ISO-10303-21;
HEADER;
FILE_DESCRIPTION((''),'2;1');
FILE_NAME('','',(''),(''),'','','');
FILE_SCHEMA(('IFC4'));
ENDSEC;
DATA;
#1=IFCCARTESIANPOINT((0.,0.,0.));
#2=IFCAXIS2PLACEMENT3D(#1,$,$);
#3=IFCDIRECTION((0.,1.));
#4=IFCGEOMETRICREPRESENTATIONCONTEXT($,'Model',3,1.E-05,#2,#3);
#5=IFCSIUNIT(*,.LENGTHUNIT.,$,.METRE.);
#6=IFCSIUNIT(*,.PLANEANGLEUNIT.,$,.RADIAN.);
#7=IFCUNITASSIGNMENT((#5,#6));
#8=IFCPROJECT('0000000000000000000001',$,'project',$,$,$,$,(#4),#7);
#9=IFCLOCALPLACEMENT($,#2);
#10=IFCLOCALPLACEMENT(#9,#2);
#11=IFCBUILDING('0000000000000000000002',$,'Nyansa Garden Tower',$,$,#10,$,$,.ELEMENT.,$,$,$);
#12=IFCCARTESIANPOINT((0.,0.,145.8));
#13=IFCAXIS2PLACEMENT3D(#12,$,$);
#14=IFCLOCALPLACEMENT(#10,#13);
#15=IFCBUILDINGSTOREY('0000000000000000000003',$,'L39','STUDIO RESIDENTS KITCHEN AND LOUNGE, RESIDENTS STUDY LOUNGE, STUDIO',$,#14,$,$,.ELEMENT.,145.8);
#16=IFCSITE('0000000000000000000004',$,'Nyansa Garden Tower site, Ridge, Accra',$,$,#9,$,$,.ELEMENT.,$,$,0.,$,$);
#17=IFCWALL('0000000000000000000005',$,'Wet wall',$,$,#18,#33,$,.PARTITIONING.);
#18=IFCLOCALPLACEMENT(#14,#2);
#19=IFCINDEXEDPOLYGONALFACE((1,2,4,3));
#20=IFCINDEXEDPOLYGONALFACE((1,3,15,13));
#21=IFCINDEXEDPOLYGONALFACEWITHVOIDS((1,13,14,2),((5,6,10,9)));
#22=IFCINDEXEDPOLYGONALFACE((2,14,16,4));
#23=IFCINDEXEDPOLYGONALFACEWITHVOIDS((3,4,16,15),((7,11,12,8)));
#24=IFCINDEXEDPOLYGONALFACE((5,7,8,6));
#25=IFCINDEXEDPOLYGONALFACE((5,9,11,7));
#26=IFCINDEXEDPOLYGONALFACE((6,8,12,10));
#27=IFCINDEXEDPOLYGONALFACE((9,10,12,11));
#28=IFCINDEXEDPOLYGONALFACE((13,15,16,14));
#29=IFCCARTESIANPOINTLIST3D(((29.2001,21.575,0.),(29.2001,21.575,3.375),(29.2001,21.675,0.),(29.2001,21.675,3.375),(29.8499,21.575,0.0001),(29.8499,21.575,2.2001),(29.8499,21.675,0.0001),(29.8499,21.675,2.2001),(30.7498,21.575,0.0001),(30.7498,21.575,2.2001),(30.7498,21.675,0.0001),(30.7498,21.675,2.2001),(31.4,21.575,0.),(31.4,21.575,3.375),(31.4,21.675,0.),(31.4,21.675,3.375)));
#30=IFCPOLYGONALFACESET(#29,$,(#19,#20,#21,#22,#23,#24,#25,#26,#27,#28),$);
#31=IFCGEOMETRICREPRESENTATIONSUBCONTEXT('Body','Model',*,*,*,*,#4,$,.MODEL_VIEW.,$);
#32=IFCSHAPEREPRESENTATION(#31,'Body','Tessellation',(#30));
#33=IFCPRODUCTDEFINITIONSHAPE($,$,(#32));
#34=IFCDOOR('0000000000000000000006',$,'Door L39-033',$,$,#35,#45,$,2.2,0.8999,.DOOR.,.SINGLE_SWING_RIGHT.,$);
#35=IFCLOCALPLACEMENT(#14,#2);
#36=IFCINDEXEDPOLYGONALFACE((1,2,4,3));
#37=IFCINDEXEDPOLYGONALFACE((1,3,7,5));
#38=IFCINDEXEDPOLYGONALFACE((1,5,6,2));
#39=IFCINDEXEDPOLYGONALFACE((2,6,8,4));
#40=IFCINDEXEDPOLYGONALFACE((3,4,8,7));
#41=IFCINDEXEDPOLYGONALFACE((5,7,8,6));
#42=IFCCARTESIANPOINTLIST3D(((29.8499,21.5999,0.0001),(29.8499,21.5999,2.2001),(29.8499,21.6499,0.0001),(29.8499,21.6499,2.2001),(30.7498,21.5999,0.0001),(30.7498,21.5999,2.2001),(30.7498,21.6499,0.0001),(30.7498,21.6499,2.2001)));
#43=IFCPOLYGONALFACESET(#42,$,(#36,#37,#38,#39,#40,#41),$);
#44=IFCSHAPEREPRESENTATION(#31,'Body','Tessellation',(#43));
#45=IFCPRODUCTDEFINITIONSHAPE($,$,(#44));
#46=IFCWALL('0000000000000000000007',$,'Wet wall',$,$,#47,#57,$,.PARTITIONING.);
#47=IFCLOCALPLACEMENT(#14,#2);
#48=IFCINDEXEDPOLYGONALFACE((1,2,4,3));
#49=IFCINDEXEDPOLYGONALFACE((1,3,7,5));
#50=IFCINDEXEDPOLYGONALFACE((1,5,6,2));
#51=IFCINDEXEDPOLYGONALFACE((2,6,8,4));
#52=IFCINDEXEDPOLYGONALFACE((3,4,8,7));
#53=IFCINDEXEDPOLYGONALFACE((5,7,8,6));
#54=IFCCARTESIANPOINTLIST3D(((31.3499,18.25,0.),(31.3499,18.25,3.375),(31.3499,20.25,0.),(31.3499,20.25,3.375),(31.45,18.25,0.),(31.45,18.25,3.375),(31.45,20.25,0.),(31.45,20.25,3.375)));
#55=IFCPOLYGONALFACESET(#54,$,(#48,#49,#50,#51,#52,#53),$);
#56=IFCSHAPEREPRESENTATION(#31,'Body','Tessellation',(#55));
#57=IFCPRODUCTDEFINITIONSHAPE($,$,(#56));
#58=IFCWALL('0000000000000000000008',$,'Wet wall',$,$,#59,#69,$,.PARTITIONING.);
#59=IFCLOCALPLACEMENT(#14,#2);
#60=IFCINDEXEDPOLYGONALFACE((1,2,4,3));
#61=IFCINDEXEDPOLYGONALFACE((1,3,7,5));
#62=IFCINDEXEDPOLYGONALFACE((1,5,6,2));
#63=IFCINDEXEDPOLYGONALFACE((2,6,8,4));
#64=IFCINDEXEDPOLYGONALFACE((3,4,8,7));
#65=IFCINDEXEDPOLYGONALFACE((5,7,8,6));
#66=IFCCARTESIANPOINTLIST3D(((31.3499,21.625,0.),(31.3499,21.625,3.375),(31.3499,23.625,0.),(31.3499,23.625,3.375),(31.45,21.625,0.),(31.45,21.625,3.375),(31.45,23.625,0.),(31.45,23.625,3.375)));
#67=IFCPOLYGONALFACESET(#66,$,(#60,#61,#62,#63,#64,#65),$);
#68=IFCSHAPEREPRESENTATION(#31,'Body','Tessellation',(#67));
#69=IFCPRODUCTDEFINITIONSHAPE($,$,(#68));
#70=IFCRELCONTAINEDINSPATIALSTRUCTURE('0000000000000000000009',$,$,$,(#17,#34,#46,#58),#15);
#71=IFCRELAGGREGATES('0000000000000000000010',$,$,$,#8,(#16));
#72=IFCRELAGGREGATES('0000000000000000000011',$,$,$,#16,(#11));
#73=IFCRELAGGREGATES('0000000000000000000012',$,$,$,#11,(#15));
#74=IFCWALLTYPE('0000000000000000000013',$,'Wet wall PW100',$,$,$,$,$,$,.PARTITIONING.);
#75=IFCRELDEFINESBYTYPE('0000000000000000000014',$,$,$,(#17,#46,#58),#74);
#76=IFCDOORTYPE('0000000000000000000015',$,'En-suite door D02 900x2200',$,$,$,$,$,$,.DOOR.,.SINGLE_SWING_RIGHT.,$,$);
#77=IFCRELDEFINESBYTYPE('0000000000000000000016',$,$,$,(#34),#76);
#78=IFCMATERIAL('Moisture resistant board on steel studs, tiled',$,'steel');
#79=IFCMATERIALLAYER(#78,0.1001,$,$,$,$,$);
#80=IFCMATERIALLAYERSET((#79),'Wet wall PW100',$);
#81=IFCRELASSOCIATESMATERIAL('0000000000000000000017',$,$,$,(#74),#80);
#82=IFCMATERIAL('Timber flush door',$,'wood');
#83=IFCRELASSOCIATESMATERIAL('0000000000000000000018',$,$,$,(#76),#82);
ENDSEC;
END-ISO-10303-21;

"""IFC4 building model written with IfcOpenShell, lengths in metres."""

from ifc_helpers import new_model, si_unit, direction, frame, frame_2d, origin, place, context, subcontext, project, spatial, rectangle, extrude, material, layer, layer_set, type_object, element, fill, save


model = new_model("IFC4")

# Units and contexts
model_context = context("Model", 3, precision=1e-05, world=origin(), true_north=direction((0.0, 1.0)))
body_context = subcontext(model_context, "Body", "Model", "MODEL_VIEW")
ifc_project = project(units=[si_unit("LENGTHUNIT", "METRE"), si_unit("PLANEANGLEUNIT", "RADIAN")], contexts=[model_context])

# Site, building, storey
site_placement = place(None, origin())
site = spatial("IfcSite", under=ifc_project, at=site_placement, Name="Nyansa Garden Tower site, Ridge, Accra", CompositionType="ELEMENT", RefElevation=0.0)
building_placement = place(site_placement, origin())
building = spatial("IfcBuilding", under=site, at=building_placement, Name="Nyansa Garden Tower", CompositionType="ELEMENT")
storey_placement = place(building_placement, frame((0.0, 0.0, 145.8)))
storey = spatial("IfcBuildingStorey", under=building, at=storey_placement, Name="L39", Description="STUDIO RESIDENTS KITCHEN AND LOUNGE, RESIDENTS STUDY LOUNGE, STUDIO", CompositionType="ELEMENT", Elevation=145.8)

# Wall, opening, door
ifc_material_1 = material(Name="Moisture resistant board on steel studs, tiled", Category="steel")
ifc_layer_1 = layer(ifc_material_1, 0.1001)
ifc_layer_set_1 = layer_set([ifc_layer_1], Name="Wet wall PW100")
wall_type_1 = type_object("IfcWallType", Name="Wet wall PW100", PredefinedType="PARTITIONING", material=ifc_layer_set_1)
ifc_material_2 = material(Name="Timber flush door", Category="wood")
door_type = type_object("IfcDoorType", Name="En-suite door D02 900x2200", OperationType="SINGLE_SWING_RIGHT", PredefinedType="DOOR", material=ifc_material_2)
wall_1_placement = place(storey_placement, frame((29.2, 21.625, 0.0), z_axis=(0.0, 0.0, 1.0), x_axis=(1.0, 0.0, 0.0)))
wall_1 = element("IfcWall", 1, at=wall_1_placement, inside=storey, type_object=wall_type_1, Name="Wet wall", PredefinedType="PARTITIONING", context=body_context, shape_type="SweptSolid", body=[
    extrude(rectangle(XDim=2.2, YDim=0.1001, at=frame_2d((1.1001, 0.0))), origin(), (0.0, 0.0, 1.0), 3.375),
])
opening_1_placement = place(wall_1_placement, frame((0.6499, 0.0, 0.0)))
opening_1 = element("IfcOpeningElement", 2, at=opening_1_placement, cuts=wall_1, PredefinedType="OPENING", context=body_context, shape_type="SweptSolid", body=[
    extrude(rectangle(XDim=0.8999, YDim=2.2, at=frame_2d((0.45, 1.1001))), frame((0.0, 0.0601, 0.0), z_axis=(0.0, -1.0, 0.0), x_axis=(1.0, 0.0, 0.0)), (0.0, 0.0, 1.0), 0.1201),
])
door_1_placement = place(opening_1_placement, origin())
door_1 = element("IfcDoor", 3, at=door_1_placement, inside=storey, type_object=door_type, Name="Door L39-033", OperationType="SINGLE_SWING_RIGHT", OverallHeight=2.2, OverallWidth=0.8999, PredefinedType="DOOR", context=body_context, shape_type="SweptSolid", body=[
    extrude(rectangle(XDim=0.8999, YDim=2.2, at=frame_2d((0.45, 1.1001))), frame((0.0, 0.0249, 0.0), z_axis=(0.0, -1.0, 0.0), x_axis=(1.0, 0.0, 0.0)), (0.0, 0.0, 1.0), 0.05),
])
fill(opening_1, door_1)

# Walls
for number, where, z_axis, x_axis, name in (
    (4, (31.3999, 18.25, 0.0), (0.0, 0.0, 1.0), (0.0, 1.0, 0.0), "Wet wall"),
    (5, (31.3999, 21.625, 0.0), (0.0, 0.0, 1.0), (0.0, 1.0, 0.0), "Wet wall"),
):
    element("IfcWall", number, at=place(storey_placement, frame(where, z_axis=z_axis, x_axis=x_axis)), inside=storey, type_object=wall_type_1, Name=name, PredefinedType="PARTITIONING", context=body_context, shape_type="SweptSolid", body=[
        extrude(rectangle(XDim=2.0, YDim=0.1001, at=frame_2d((1.0, 0.0))), origin(), (0.0, 0.0, 1.0), 3.375),
    ])

save(model, "model.ifc")
